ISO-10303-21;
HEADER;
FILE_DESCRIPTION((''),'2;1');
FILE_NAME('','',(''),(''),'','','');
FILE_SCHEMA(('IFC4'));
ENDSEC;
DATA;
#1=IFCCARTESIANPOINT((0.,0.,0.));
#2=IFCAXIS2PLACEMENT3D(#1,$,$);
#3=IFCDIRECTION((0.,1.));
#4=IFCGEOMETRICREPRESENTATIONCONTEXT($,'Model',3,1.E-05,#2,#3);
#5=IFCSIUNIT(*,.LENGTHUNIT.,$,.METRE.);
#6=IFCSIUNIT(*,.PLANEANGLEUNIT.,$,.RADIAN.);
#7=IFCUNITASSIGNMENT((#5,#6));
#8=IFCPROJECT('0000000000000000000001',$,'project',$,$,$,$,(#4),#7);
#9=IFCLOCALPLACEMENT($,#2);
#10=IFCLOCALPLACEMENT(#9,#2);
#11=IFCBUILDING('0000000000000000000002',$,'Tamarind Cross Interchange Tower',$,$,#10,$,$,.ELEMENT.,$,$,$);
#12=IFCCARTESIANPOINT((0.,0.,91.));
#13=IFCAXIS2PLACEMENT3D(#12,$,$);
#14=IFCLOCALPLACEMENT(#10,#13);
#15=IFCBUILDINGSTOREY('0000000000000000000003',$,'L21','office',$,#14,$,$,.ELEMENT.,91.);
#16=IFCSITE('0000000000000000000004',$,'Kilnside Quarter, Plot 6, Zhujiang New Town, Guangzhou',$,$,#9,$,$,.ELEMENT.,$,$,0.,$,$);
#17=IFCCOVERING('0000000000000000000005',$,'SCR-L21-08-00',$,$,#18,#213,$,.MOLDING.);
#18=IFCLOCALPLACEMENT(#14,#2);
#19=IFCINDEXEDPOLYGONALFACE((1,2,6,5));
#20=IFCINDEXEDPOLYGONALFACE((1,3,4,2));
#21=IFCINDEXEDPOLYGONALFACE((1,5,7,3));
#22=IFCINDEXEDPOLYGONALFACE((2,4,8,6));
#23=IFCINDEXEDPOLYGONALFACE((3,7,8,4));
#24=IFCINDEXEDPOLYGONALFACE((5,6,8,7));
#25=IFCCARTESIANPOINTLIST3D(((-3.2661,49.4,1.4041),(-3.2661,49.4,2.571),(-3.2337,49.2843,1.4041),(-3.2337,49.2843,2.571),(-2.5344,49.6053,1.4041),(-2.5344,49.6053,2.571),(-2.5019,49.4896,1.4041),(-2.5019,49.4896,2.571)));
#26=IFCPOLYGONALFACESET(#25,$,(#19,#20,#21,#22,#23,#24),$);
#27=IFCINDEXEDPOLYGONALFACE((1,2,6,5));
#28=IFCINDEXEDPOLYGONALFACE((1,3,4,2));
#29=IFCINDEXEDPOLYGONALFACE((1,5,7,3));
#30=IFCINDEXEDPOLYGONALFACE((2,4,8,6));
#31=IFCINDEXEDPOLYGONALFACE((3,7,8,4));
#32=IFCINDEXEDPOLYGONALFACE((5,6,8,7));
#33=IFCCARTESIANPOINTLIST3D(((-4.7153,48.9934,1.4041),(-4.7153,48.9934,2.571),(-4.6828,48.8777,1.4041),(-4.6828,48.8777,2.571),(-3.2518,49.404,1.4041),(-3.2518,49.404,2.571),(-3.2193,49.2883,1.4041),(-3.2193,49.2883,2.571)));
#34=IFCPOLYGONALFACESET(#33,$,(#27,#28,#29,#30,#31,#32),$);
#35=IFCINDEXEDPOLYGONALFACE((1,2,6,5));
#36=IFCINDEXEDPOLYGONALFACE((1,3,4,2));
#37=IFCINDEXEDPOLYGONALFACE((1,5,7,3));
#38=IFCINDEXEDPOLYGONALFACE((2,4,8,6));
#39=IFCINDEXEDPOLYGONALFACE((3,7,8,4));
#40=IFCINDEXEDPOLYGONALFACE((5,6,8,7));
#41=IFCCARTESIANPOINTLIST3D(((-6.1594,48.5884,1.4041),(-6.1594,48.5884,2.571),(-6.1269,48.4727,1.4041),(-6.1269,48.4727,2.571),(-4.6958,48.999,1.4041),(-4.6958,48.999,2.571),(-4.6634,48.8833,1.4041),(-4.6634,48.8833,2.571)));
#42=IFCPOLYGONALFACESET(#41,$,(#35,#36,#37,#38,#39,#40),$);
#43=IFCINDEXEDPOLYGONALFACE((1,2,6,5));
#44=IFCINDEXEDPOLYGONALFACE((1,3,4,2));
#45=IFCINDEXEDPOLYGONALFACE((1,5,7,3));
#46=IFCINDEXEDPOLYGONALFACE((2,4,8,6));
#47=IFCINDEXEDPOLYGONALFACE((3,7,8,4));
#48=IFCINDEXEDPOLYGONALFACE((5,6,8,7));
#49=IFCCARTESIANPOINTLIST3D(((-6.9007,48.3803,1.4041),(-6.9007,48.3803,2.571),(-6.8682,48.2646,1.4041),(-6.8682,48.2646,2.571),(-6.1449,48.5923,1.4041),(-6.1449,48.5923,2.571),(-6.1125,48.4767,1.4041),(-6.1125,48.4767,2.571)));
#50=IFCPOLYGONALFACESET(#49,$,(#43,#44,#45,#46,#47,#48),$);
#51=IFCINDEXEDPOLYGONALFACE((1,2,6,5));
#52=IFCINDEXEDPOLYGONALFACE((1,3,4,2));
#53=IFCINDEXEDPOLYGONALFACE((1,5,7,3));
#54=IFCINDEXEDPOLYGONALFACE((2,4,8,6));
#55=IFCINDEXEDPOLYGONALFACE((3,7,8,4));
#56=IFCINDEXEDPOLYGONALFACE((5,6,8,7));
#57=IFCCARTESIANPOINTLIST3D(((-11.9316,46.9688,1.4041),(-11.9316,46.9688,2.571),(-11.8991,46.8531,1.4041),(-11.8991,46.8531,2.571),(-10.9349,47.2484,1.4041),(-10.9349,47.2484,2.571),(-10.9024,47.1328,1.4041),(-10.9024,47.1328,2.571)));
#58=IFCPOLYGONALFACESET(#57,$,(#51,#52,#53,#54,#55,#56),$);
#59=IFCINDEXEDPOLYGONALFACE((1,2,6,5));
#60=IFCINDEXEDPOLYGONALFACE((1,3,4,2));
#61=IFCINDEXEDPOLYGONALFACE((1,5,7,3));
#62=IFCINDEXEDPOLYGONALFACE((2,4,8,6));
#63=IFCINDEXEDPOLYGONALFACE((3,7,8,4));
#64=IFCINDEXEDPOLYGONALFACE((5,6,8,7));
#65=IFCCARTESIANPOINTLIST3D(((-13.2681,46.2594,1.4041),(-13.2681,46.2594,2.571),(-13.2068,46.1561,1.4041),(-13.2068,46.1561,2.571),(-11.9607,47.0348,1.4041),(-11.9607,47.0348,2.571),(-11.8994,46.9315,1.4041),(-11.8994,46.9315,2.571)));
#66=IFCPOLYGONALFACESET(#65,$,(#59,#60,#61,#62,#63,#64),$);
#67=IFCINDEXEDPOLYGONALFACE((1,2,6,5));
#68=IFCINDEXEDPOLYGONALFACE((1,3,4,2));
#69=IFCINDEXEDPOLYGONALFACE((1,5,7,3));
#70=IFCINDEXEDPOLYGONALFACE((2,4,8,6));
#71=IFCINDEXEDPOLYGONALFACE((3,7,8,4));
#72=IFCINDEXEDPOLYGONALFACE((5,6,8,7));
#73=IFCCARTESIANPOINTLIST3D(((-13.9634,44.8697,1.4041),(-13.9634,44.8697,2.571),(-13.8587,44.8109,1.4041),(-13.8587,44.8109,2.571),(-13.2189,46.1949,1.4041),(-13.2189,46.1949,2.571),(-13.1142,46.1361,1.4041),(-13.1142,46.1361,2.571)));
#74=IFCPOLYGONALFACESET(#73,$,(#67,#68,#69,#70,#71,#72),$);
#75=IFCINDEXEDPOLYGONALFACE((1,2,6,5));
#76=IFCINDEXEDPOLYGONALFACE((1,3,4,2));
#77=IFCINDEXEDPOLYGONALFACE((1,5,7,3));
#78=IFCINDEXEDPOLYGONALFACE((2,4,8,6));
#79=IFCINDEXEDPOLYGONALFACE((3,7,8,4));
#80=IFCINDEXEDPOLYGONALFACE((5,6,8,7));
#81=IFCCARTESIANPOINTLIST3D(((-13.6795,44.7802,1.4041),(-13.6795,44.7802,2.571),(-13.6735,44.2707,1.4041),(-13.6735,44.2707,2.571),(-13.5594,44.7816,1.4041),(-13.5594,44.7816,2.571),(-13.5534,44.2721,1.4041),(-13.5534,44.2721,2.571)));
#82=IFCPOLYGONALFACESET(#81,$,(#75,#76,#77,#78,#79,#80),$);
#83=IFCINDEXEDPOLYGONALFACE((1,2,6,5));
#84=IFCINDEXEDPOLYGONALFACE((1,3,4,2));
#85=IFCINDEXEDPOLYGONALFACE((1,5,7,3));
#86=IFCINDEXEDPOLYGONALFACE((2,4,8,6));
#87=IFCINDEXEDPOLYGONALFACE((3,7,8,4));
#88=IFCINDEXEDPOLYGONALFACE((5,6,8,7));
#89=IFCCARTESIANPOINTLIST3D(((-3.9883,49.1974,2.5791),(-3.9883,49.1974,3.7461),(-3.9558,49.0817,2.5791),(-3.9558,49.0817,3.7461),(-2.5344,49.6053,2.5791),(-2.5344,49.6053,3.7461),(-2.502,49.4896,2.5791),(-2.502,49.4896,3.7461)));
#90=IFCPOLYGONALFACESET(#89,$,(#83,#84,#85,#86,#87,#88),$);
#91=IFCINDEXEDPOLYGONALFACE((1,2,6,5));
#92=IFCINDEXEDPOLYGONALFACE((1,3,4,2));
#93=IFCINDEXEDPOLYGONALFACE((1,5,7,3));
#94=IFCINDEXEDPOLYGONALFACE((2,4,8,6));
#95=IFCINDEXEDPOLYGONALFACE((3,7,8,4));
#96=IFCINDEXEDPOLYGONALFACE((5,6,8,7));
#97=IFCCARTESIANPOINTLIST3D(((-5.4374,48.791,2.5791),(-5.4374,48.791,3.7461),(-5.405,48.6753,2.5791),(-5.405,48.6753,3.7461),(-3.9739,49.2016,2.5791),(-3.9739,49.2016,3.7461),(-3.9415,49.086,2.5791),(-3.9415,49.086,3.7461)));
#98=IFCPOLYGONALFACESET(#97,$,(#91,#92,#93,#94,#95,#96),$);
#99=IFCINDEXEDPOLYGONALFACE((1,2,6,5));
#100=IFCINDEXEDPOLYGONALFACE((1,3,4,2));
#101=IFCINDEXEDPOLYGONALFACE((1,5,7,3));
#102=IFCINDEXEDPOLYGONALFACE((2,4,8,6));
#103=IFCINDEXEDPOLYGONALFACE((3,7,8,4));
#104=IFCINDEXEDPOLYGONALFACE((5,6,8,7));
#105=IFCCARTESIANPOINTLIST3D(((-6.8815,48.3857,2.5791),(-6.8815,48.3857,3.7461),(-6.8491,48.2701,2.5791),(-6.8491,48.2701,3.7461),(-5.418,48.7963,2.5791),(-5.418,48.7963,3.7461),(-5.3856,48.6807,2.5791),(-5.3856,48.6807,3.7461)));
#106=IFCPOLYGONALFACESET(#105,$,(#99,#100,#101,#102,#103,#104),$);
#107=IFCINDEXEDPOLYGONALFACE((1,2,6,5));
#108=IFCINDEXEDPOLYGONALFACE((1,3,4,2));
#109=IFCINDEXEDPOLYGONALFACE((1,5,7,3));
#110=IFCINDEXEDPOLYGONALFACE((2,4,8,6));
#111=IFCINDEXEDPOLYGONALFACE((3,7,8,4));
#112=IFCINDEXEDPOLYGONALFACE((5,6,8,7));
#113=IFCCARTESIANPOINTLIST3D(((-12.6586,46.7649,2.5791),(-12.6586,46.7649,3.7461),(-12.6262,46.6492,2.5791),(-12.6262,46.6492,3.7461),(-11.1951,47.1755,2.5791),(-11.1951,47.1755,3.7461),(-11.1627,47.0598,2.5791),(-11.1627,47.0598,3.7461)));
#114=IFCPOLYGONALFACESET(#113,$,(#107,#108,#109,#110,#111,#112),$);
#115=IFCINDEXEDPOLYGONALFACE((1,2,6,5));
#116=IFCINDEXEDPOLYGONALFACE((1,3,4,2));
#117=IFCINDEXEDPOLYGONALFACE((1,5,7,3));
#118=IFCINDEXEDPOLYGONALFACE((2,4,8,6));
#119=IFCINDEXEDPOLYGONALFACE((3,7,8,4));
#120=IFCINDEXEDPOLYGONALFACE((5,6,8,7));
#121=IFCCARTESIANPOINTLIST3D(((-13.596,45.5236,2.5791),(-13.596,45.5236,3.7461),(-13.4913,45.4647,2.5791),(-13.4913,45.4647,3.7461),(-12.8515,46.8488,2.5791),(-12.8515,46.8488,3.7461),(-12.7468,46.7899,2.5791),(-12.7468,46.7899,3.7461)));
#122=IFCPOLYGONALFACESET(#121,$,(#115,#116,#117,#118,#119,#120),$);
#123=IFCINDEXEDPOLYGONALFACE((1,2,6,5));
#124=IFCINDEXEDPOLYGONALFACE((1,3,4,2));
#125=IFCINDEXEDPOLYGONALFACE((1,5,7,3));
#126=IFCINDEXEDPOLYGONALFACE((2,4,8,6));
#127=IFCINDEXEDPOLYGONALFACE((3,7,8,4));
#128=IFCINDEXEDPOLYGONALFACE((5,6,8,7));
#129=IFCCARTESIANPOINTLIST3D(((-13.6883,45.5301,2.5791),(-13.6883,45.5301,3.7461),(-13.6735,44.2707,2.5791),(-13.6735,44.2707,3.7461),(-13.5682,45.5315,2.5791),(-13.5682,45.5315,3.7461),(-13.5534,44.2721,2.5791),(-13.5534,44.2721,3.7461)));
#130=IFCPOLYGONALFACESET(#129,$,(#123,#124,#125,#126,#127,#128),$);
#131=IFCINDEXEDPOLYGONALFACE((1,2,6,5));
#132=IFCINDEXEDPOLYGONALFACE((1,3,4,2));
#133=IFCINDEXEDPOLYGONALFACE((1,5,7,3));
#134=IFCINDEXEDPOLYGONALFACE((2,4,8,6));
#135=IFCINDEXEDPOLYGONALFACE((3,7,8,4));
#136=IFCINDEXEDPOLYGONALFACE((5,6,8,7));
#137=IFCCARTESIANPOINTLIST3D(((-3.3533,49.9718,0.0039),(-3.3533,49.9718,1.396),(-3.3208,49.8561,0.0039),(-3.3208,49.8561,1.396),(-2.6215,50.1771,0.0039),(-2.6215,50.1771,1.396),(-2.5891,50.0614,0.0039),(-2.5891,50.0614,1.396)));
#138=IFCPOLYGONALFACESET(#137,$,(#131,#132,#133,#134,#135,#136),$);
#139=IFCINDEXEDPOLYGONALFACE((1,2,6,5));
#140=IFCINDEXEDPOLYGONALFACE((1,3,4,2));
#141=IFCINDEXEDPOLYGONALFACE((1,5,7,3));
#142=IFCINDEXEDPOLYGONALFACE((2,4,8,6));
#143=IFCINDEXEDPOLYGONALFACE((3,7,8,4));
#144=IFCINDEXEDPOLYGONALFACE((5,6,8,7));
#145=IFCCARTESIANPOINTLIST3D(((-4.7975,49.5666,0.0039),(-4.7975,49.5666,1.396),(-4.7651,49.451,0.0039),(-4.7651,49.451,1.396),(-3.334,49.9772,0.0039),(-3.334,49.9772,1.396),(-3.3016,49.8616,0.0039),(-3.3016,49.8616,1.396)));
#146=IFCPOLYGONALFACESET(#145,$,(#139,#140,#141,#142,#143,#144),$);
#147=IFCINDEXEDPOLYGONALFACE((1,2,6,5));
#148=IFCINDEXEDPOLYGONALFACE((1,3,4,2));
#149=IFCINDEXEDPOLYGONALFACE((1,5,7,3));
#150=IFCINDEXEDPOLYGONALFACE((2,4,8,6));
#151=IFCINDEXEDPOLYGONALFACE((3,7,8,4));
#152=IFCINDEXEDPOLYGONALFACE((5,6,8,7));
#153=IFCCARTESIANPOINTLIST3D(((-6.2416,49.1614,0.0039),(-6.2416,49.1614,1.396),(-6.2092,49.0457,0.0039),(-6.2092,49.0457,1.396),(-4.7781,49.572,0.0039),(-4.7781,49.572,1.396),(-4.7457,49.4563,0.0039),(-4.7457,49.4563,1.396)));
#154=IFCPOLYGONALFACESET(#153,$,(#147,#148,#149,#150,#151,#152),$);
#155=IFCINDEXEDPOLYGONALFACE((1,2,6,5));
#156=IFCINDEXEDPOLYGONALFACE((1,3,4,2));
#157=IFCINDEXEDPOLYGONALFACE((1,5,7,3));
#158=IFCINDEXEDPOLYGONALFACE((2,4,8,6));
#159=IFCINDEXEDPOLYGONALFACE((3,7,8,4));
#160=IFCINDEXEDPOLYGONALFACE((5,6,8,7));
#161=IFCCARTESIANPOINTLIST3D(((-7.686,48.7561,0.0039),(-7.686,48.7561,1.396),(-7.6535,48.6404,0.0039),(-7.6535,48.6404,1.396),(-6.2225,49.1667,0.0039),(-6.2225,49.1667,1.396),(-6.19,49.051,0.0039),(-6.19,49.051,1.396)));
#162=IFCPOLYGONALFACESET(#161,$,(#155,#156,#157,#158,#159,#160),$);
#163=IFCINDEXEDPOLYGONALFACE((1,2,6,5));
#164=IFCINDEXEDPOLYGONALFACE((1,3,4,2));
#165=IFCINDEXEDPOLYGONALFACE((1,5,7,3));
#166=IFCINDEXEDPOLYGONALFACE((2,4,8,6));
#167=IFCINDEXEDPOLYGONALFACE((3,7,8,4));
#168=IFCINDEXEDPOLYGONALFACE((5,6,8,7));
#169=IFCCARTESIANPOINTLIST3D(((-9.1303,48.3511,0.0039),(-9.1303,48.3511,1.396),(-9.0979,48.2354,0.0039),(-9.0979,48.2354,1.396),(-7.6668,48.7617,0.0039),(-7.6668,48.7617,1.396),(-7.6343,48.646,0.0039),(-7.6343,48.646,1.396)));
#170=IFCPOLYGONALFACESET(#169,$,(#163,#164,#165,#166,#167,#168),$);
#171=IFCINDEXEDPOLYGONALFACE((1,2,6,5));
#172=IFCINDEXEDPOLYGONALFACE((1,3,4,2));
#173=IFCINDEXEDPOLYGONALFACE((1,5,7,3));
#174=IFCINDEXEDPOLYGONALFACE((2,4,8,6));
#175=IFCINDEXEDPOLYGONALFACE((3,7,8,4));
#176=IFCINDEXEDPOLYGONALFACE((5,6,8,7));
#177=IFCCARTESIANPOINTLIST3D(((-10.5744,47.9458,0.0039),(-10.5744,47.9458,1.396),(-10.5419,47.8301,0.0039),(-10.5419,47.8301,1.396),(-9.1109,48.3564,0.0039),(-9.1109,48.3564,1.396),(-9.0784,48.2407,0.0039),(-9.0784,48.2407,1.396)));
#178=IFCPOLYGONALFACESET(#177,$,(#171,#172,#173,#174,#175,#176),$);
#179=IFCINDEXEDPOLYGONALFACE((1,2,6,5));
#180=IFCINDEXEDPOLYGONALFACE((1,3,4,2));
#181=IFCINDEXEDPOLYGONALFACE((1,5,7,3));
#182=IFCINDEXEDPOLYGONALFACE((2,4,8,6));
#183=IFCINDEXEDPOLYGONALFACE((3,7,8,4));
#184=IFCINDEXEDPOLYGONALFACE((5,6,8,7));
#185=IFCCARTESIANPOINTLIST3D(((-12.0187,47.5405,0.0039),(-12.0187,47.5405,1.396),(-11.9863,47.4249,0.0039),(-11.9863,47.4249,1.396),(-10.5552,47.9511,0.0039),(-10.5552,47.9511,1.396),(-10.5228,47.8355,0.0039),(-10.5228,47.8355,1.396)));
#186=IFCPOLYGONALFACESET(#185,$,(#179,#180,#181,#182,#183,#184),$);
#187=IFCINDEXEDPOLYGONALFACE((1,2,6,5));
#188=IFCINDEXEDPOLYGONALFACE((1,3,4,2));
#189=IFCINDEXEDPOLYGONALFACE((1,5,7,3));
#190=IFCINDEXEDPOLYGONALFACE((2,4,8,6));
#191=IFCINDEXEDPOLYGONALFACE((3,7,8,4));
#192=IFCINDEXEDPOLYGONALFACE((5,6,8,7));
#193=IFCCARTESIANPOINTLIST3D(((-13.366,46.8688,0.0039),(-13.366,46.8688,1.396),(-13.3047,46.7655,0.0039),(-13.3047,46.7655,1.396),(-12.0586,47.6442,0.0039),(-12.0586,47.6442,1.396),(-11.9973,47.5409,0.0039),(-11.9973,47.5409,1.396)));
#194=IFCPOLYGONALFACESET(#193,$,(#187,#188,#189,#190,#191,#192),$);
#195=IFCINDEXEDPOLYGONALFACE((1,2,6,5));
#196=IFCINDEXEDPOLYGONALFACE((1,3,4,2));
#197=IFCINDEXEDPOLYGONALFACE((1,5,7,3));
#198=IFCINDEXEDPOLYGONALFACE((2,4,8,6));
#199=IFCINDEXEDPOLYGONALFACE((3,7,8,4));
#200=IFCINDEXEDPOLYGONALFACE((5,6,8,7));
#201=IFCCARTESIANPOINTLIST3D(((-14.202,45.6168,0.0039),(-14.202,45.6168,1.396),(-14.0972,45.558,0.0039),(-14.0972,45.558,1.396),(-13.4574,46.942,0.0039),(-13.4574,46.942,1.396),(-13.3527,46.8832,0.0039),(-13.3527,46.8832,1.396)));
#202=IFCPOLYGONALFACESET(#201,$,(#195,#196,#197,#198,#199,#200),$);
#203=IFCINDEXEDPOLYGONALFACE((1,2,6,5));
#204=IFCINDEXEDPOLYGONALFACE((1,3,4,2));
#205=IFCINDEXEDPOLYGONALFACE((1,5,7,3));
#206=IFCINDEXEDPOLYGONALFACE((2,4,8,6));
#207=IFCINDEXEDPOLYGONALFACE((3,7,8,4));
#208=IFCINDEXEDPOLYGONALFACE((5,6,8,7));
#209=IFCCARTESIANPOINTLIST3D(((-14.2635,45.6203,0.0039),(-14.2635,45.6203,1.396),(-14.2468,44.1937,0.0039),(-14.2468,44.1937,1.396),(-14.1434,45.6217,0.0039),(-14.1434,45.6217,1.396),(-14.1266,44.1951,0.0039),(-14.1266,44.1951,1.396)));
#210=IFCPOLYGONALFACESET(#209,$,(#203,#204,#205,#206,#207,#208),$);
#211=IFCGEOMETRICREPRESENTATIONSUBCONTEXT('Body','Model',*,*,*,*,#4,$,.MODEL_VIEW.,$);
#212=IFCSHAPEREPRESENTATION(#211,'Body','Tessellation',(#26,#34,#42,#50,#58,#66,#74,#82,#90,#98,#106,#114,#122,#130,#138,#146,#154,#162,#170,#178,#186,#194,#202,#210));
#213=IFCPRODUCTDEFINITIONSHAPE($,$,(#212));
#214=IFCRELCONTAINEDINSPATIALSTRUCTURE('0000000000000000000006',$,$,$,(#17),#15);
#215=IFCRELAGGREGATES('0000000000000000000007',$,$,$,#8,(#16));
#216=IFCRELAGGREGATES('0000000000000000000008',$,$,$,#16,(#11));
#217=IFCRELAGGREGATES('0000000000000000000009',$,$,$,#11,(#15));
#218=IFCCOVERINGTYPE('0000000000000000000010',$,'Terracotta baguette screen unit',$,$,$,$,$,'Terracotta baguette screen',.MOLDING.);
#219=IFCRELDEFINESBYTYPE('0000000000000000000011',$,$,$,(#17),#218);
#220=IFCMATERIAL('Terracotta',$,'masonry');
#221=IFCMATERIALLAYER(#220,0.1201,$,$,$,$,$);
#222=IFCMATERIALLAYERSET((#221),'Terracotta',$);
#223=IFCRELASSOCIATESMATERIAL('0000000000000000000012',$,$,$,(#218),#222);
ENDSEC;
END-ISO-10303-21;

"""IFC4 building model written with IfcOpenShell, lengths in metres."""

from ifc_helpers import new_model, si_unit, direction, frame, origin, origin_2d, place, context, subcontext, project, spatial, rectangle, extrude, material, layer, layer_set, type_object, element, save


model = new_model("IFC4")

# Units and contexts
model_context = context("Model", 3, precision=1e-05, world=origin(), true_north=direction((0.0, 1.0)))
body_context = subcontext(model_context, "Body", "Model", "MODEL_VIEW")
ifc_project = project(units=[si_unit("LENGTHUNIT", "METRE"), si_unit("PLANEANGLEUNIT", "RADIAN")], contexts=[model_context])

# Site, building, storey
site_placement = place(None, origin())
site = spatial("IfcSite", under=ifc_project, at=site_placement, Name="Kilnside Quarter, Plot 6, Zhujiang New Town, Guangzhou", CompositionType="ELEMENT", RefElevation=0.0)
building_placement = place(site_placement, origin())
building = spatial("IfcBuilding", under=site, at=building_placement, Name="Tamarind Cross Interchange Tower", CompositionType="ELEMENT")
storey_placement = place(building_placement, frame((0.0, 0.0, 91.0)))
storey = spatial("IfcBuildingStorey", under=building, at=storey_placement, Name="L21", Description="office", CompositionType="ELEMENT", Elevation=91.0)

# Covering
ifc_material_1 = material(Name="Terracotta", Category="masonry")
ifc_layer_1 = layer(ifc_material_1, 0.1201)
ifc_layer_set_1 = layer_set([ifc_layer_1], Name="Terracotta")
covering_type = type_object("IfcCoveringType", Name="Terracotta baguette screen unit", ElementType="Terracotta baguette screen", PredefinedType="MOLDING", material=ifc_layer_set_1)
covering_1_placement = place(storey_placement, origin())
element("IfcCovering", 1, at=covering_1_placement, inside=storey, type_object=covering_type, Name="SCR-L21-08-00", PredefinedType="MOLDING", context=body_context, shape_type="SweptSolid", body=[
    extrude(rectangle(XDim=0.76, YDim=0.1201, at=origin_2d()), frame((-2.884, 49.4448, 1.4041), z_axis=(0.0, 0.0, 1.0), x_axis=(-0.962824, -0.27013, 0.0)), (0.0, 0.0, 1.0), 1.167),
    extrude(rectangle(XDim=1.52, YDim=0.1201, at=origin_2d()), frame((-3.9673, 49.1409, 1.4041), z_axis=(0.0, 0.0, 1.0), x_axis=(-0.962824, -0.27013, 0.0)), (0.0, 0.0, 1.0), 1.167),
    extrude(rectangle(XDim=1.52, YDim=0.1201, at=origin_2d()), frame((-5.4114, 48.7358, 1.4041), z_axis=(0.0, 0.0, 1.0), x_axis=(-0.962824, -0.27013, 0.0)), (0.0, 0.0, 1.0), 1.167),
    extrude(rectangle(XDim=0.7849, YDim=0.1201, at=origin_2d()), frame((-6.5066, 48.4285, 1.4041), z_axis=(0.0, 0.0, 1.0), x_axis=(-0.962824, -0.27013, 0.0)), (0.0, 0.0, 1.0), 1.167),
    extrude(rectangle(XDim=1.0352, YDim=0.1201, at=origin_2d()), frame((-11.417, 47.0508, 1.4041), z_axis=(0.0, 0.0, 1.0), x_axis=(-0.962824, -0.27013, 0.0)), (0.0, 0.0, 1.0), 1.167),
    extrude(rectangle(XDim=1.52, YDim=0.1201, at=origin_2d()), frame((-12.5837, 46.5955, 1.4041), z_axis=(0.0, 0.0, 1.0), x_axis=(-0.860102, -0.510123, 0.0)), (0.0, 0.0, 1.0), 1.167),
    extrude(rectangle(XDim=1.52, YDim=0.1201, at=origin_2d()), frame((-13.5388, 45.5029, 1.4041), z_axis=(0.0, 0.0, 1.0), x_axis=(-0.489809, -0.87183, 0.0)), (0.0, 0.0, 1.0), 1.167),
    extrude(rectangle(XDim=0.5095, YDim=0.1201, at=origin_2d()), frame((-13.6165, 44.5261, 1.4041), z_axis=(0.0, 0.0, 1.0), x_axis=(0.011728, -0.999931, 0.0)), (0.0, 0.0, 1.0), 1.167),
    extrude(rectangle(XDim=1.51, YDim=0.1201, at=origin_2d()), frame((-3.2451, 49.3435, 2.5791), z_axis=(0.0, 0.0, 1.0), x_axis=(-0.962824, -0.27013, 0.0)), (0.0, 0.0, 1.0), 1.167),
    extrude(rectangle(XDim=1.52, YDim=0.1201, at=origin_2d()), frame((-4.6895, 48.9385, 2.5791), z_axis=(0.0, 0.0, 1.0), x_axis=(-0.962824, -0.27013, 0.0)), (0.0, 0.0, 1.0), 1.167),
    extrude(rectangle(XDim=1.52, YDim=0.1201, at=origin_2d()), frame((-6.1335, 48.5332, 2.5791), z_axis=(0.0, 0.0, 1.0), x_axis=(-0.962824, -0.27013, 0.0)), (0.0, 0.0, 1.0), 1.167),
    extrude(rectangle(XDim=1.52, YDim=0.1201, at=origin_2d()), frame((-11.9106, 46.9124, 2.5791), z_axis=(0.0, 0.0, 1.0), x_axis=(-0.962824, -0.27013, 0.0)), (0.0, 0.0, 1.0), 1.167),
    extrude(rectangle(XDim=1.52, YDim=0.1201, at=origin_2d()), frame((-13.1714, 46.1567, 2.5791), z_axis=(0.0, 0.0, 1.0), x_axis=(-0.489809, -0.87183, 0.0)), (0.0, 0.0, 1.0), 1.167),
    extrude(rectangle(XDim=1.2595, YDim=0.1201, at=origin_2d()), frame((-13.6208, 44.9011, 2.5791), z_axis=(0.0, 0.0, 1.0), x_axis=(0.011728, -0.999931, 0.0)), (0.0, 0.0, 1.0), 1.167),
    extrude(rectangle(XDim=0.76, YDim=0.1201, at=origin_2d()), frame((-2.9712, 50.0166, 0.0039), z_axis=(0.0, 0.0, 1.0), x_axis=(-0.962824, -0.27013, 0.0)), (0.0, 0.0, 1.0), 1.3921),
    extrude(rectangle(XDim=1.52, YDim=0.1201, at=origin_2d()), frame((-4.0496, 49.7141, 0.0039), z_axis=(0.0, 0.0, 1.0), x_axis=(-0.962824, -0.27013, 0.0)), (0.0, 0.0, 1.0), 1.3921),
    extrude(rectangle(XDim=1.52, YDim=0.1201, at=origin_2d()), frame((-5.4937, 49.3088, 0.0039), z_axis=(0.0, 0.0, 1.0), x_axis=(-0.962824, -0.27013, 0.0)), (0.0, 0.0, 1.0), 1.3921),
    extrude(rectangle(XDim=1.52, YDim=0.1201, at=origin_2d()), frame((-6.938, 48.9036, 0.0039), z_axis=(0.0, 0.0, 1.0), x_axis=(-0.962824, -0.27013, 0.0)), (0.0, 0.0, 1.0), 1.3921),
    extrude(rectangle(XDim=1.52, YDim=0.1201, at=origin_2d()), frame((-8.3823, 48.4985, 0.0039), z_axis=(0.0, 0.0, 1.0), x_axis=(-0.962824, -0.27013, 0.0)), (0.0, 0.0, 1.0), 1.3921),
    extrude(rectangle(XDim=1.52, YDim=0.1201, at=origin_2d()), frame((-9.8264, 48.0933, 0.0039), z_axis=(0.0, 0.0, 1.0), x_axis=(-0.962824, -0.27013, 0.0)), (0.0, 0.0, 1.0), 1.3921),
    extrude(rectangle(XDim=1.52, YDim=0.1201, at=origin_2d()), frame((-11.2708, 47.688, 0.0039), z_axis=(0.0, 0.0, 1.0), x_axis=(-0.962824, -0.27013, 0.0)), (0.0, 0.0, 1.0), 1.3921),
    extrude(rectangle(XDim=1.52, YDim=0.1201, at=origin_2d()), frame((-12.6816, 47.2048, 0.0039), z_axis=(0.0, 0.0, 1.0), x_axis=(-0.860102, -0.510123, 0.0)), (0.0, 0.0, 1.0), 1.3921),
    extrude(rectangle(XDim=1.52, YDim=0.1201, at=origin_2d()), frame((-13.7773, 46.25, 0.0039), z_axis=(0.0, 0.0, 1.0), x_axis=(-0.489809, -0.87183, 0.0)), (0.0, 0.0, 1.0), 1.3921),
    extrude(rectangle(XDim=1.4268, YDim=0.1201, at=origin_2d()), frame((-14.1951, 44.9077, 0.0039), z_axis=(0.0, 0.0, 1.0), x_axis=(0.011728, -0.999931, 0.0)), (0.0, 0.0, 1.0), 1.3921),
])

save(model, "model.ifc")
